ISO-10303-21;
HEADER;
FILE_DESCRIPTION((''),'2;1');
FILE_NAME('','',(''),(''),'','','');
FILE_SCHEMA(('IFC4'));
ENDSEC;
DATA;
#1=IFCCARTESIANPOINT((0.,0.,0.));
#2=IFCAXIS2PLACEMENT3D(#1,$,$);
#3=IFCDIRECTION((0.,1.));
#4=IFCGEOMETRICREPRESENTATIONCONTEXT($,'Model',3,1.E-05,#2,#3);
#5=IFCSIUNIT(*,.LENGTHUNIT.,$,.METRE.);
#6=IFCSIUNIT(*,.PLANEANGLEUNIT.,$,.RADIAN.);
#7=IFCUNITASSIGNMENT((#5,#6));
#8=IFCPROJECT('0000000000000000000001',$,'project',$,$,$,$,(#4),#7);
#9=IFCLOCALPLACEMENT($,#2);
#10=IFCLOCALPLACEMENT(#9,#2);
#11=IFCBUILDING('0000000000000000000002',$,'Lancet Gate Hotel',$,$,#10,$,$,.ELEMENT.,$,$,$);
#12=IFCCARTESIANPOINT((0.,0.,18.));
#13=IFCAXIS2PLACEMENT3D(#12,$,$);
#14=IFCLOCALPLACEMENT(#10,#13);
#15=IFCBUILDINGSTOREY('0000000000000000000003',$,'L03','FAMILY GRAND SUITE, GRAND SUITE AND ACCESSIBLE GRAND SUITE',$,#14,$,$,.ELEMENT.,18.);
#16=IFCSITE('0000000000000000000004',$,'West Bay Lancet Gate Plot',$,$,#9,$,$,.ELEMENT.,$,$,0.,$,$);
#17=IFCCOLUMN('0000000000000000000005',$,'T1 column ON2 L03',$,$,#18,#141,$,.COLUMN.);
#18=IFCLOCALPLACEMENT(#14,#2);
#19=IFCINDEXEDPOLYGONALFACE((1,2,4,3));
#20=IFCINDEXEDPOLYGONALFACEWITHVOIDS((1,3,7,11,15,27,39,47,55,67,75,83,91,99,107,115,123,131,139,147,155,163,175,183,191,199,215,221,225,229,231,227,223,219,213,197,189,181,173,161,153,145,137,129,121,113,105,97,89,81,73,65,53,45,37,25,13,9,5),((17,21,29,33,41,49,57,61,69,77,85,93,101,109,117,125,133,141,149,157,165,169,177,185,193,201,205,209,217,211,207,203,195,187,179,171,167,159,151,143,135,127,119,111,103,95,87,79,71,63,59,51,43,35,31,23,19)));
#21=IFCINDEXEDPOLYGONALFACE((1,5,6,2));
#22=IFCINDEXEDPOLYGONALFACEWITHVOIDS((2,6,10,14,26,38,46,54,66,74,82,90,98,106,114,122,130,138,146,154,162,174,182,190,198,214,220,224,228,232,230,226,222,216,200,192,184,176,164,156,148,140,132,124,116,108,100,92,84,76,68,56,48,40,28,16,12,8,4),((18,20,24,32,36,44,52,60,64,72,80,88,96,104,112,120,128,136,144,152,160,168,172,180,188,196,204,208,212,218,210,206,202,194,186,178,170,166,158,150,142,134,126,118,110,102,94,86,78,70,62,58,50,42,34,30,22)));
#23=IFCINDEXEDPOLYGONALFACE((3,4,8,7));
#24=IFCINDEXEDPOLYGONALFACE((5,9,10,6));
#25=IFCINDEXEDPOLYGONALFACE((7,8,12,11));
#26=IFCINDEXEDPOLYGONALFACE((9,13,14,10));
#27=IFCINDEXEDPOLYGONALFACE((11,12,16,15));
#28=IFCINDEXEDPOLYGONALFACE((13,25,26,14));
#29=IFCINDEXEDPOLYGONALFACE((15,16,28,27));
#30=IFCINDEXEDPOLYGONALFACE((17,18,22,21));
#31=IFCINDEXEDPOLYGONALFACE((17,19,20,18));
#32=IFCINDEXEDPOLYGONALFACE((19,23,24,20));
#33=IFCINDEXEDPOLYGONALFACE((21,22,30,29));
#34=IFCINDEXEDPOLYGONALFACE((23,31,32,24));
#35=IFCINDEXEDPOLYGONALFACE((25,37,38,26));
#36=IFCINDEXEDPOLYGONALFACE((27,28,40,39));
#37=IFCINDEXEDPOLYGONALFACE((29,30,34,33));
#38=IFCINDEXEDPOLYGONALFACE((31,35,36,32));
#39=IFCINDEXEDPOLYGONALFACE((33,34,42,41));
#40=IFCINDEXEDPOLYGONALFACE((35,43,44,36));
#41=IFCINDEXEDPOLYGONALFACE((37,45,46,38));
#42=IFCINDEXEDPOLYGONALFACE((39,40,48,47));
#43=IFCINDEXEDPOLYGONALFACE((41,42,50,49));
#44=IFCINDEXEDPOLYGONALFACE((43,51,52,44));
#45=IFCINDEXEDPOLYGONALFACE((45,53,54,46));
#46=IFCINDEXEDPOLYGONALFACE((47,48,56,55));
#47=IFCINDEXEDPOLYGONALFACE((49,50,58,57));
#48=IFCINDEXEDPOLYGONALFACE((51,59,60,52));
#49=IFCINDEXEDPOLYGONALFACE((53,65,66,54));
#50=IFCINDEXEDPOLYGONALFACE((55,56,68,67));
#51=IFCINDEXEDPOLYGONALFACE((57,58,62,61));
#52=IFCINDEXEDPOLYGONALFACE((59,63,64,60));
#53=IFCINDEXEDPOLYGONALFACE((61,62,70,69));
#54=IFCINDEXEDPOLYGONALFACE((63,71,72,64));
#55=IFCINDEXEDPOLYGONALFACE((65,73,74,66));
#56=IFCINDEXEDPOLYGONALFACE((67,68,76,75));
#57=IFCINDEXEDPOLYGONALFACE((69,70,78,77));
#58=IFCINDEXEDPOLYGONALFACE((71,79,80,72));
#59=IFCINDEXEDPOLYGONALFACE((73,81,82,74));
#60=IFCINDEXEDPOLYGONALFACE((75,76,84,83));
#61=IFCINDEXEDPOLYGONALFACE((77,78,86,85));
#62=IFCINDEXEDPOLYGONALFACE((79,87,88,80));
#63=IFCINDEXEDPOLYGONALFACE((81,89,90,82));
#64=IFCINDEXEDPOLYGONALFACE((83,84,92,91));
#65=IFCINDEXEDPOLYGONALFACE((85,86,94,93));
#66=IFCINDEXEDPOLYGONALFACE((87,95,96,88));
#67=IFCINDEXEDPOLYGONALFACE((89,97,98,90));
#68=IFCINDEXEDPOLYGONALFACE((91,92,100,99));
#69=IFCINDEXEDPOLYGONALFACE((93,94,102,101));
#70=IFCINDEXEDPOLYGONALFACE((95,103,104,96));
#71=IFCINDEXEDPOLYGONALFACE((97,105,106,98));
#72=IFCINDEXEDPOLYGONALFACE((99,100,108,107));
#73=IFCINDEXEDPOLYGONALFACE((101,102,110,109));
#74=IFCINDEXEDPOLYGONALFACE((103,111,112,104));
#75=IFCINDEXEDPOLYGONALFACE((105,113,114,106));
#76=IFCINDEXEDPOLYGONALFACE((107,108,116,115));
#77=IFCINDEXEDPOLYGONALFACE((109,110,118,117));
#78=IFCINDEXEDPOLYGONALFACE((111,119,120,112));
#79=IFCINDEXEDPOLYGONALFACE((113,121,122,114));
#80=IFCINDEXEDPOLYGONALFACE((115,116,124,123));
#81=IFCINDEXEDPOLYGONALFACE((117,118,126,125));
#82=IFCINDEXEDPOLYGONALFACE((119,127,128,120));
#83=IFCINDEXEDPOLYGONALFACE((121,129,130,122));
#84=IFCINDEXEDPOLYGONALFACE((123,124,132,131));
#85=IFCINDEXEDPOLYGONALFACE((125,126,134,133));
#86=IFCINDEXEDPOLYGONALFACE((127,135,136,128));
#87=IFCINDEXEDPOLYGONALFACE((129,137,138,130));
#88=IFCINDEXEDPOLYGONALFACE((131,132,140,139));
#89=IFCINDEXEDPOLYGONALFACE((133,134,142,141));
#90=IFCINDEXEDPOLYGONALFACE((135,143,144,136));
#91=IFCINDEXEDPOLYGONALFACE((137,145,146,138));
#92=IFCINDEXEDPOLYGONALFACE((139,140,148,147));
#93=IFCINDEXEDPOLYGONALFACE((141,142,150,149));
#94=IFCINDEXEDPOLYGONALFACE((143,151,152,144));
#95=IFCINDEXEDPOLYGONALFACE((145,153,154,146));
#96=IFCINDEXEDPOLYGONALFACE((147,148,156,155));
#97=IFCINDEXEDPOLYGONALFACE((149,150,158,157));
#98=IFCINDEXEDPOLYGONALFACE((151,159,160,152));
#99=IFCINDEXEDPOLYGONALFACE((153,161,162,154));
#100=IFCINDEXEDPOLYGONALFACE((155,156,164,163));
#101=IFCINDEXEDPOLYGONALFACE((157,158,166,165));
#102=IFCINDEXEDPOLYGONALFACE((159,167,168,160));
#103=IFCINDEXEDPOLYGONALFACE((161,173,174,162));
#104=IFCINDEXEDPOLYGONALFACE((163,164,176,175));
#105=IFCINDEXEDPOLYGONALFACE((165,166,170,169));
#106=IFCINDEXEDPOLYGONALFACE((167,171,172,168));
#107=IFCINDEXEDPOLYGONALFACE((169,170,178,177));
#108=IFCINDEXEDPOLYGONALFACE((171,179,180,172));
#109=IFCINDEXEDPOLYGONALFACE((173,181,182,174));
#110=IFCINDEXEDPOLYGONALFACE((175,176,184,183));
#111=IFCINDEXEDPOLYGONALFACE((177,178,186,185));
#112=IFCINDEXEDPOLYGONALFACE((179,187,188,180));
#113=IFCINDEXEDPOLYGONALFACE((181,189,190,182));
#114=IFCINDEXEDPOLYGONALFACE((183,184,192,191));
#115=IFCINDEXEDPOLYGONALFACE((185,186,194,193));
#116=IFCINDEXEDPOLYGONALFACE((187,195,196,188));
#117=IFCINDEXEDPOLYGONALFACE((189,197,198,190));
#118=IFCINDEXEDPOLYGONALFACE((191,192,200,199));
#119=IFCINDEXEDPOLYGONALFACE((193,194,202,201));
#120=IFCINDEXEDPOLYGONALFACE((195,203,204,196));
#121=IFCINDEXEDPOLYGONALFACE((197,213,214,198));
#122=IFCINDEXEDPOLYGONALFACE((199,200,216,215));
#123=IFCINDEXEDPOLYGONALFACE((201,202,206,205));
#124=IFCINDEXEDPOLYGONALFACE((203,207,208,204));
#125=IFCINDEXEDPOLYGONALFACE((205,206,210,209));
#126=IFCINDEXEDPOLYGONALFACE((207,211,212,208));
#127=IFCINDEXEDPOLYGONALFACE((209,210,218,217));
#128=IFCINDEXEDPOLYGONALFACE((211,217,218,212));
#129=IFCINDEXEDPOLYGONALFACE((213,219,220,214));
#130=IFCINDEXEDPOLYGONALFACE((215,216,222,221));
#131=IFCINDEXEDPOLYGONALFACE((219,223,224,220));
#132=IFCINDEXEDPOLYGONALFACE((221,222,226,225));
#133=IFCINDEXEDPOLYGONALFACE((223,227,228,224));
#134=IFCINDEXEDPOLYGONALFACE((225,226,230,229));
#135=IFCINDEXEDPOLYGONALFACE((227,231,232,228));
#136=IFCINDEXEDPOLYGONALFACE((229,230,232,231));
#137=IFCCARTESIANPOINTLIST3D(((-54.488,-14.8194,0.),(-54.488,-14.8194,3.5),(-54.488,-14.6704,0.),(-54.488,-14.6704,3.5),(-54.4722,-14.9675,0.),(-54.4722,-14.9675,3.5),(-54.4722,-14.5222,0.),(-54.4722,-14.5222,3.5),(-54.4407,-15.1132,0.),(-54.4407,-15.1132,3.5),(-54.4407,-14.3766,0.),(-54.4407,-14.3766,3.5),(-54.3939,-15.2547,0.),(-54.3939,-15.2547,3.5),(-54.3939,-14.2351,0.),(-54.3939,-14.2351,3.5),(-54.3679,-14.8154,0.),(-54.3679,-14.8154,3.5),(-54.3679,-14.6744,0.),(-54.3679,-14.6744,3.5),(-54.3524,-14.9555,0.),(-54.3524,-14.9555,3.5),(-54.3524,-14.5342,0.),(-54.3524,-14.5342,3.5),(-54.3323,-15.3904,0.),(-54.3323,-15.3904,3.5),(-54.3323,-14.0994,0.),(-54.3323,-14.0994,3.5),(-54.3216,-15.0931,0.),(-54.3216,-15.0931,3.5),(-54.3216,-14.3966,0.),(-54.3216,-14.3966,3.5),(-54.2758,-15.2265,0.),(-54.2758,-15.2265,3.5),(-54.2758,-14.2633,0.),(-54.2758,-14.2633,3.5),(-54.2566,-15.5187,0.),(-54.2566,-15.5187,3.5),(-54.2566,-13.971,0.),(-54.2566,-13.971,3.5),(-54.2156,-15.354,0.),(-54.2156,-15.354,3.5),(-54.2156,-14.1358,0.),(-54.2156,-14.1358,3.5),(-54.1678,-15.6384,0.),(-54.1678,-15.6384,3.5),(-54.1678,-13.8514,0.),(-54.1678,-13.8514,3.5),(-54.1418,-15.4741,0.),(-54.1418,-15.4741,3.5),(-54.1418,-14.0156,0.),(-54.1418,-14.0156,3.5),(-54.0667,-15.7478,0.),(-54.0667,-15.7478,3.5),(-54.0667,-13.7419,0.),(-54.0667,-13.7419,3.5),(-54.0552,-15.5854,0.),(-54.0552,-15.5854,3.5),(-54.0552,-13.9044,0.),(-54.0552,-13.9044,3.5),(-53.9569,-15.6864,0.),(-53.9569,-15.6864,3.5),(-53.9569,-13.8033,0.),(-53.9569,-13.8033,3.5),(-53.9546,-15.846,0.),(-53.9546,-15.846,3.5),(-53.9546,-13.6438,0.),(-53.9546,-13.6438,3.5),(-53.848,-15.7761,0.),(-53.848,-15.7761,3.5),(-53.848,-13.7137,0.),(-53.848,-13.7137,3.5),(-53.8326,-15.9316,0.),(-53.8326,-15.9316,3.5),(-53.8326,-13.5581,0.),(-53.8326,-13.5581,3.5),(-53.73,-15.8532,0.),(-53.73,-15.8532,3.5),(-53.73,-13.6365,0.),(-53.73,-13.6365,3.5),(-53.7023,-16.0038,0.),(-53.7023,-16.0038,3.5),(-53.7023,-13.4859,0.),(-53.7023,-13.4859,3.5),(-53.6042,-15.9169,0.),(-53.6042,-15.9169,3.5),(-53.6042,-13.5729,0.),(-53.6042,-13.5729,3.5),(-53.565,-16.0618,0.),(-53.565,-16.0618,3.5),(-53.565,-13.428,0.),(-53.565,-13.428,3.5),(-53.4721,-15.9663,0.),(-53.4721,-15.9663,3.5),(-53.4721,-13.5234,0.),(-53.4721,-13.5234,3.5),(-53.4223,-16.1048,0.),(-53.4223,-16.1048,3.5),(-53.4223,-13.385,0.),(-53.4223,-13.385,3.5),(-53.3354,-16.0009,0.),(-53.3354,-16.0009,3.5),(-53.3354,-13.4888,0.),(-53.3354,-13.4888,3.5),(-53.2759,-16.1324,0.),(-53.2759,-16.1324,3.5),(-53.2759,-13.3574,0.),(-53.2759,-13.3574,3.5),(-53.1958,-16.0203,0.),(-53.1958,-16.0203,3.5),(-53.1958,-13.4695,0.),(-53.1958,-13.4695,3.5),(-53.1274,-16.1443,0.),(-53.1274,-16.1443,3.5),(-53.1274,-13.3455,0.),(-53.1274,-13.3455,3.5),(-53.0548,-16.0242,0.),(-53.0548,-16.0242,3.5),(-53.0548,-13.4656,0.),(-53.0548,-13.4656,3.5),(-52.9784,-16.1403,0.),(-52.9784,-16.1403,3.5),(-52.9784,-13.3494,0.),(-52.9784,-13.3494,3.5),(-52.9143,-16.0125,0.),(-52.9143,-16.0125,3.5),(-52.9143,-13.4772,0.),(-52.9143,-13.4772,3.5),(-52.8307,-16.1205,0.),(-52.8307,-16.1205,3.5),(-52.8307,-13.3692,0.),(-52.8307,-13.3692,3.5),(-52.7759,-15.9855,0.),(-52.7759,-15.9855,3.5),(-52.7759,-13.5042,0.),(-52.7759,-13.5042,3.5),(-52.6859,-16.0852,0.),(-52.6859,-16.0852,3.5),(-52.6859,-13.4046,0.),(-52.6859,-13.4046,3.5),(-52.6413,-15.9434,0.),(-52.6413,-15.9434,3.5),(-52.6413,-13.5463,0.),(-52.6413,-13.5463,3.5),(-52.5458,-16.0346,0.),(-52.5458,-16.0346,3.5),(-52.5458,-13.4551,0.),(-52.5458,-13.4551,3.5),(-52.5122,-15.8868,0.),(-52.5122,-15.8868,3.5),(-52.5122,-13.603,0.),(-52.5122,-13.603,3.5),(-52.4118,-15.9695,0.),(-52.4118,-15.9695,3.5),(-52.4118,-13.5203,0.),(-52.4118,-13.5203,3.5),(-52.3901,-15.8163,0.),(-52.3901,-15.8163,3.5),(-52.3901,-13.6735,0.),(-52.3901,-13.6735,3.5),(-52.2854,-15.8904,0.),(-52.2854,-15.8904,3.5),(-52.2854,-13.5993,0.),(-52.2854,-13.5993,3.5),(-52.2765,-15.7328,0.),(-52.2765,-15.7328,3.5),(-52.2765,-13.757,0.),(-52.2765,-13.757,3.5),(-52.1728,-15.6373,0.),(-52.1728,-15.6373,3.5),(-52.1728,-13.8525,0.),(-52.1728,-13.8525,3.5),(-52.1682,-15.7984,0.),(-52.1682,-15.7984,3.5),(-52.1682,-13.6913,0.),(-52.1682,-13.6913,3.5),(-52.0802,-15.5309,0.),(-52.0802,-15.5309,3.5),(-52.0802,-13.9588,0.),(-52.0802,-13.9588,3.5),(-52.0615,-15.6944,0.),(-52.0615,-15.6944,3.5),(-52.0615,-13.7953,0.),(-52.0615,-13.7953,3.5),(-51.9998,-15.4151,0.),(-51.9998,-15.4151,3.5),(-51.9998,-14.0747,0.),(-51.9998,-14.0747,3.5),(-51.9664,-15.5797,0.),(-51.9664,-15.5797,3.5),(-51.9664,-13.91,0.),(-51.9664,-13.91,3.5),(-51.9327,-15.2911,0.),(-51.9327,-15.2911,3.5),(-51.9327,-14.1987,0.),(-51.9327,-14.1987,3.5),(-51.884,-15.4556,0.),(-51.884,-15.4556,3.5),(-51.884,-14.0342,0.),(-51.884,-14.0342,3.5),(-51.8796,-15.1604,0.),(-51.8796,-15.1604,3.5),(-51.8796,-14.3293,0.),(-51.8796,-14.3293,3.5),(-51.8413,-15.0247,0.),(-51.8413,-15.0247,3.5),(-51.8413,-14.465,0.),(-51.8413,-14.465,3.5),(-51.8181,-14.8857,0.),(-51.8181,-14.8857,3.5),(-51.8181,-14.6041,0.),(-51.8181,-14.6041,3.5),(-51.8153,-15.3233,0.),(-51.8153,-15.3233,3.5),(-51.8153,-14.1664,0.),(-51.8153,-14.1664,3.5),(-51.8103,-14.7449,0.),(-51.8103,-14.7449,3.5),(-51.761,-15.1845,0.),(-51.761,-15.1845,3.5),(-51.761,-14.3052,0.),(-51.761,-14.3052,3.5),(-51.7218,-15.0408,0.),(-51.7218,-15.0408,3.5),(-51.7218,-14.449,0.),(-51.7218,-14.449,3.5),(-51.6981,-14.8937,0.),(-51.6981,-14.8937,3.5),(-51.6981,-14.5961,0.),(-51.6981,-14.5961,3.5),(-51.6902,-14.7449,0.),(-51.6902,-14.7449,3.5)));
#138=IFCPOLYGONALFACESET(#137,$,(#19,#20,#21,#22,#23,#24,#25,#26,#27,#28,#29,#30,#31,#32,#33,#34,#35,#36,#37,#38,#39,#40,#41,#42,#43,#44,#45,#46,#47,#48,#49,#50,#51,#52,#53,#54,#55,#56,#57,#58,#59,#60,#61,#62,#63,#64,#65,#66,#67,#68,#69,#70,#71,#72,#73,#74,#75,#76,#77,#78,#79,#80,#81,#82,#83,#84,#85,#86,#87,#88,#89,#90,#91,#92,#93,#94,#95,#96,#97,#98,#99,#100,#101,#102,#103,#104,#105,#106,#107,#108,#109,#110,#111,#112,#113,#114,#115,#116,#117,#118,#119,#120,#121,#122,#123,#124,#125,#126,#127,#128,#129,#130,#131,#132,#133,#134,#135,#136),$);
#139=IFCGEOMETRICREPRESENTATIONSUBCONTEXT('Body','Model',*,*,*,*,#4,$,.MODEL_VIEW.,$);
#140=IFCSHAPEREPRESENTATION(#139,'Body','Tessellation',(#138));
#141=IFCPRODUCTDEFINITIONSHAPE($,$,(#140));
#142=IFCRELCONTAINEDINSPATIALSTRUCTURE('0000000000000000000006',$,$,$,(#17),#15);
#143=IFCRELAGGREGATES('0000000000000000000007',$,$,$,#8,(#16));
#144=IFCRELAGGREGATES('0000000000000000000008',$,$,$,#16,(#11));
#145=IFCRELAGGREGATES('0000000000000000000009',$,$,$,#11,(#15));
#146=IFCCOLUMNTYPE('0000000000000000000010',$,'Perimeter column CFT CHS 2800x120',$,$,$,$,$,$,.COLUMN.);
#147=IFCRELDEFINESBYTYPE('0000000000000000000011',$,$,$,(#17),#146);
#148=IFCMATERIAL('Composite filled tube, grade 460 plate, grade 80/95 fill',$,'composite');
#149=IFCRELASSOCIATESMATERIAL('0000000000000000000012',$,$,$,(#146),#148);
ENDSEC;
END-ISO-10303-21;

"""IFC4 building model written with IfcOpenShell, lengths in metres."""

from ifc_helpers import new_model, si_unit, direction, frame, origin, origin_2d, place, context, subcontext, project, spatial, hollow_circle, extrude, material, material_profile, profile_set, type_object, element, save


model = new_model("IFC4")

# Units and contexts
model_context = context("Model", 3, precision=1e-05, world=origin(), true_north=direction((0.0, 1.0)))
body_context = subcontext(model_context, "Body", "Model", "MODEL_VIEW")
ifc_project = project(units=[si_unit("LENGTHUNIT", "METRE"), si_unit("PLANEANGLEUNIT", "RADIAN")], contexts=[model_context])

# Site, building, storey
site_placement = place(None, origin())
site = spatial("IfcSite", under=ifc_project, at=site_placement, Name="West Bay Lancet Gate Plot", CompositionType="ELEMENT", RefElevation=0.0)
building_placement = place(site_placement, origin())
building = spatial("IfcBuilding", under=site, at=building_placement, Name="Lancet Gate Hotel", CompositionType="ELEMENT")
storey_placement = place(building_placement, frame((0.0, 0.0, 18.0)))
storey = spatial("IfcBuildingStorey", under=building, at=storey_placement, Name="L03", Description="FAMILY GRAND SUITE, GRAND SUITE AND ACCESSIBLE GRAND SUITE", CompositionType="ELEMENT", Elevation=18.0)

# Column
ifc_material_1 = material(Name="Composite filled tube, grade 460 plate, grade 80/95 fill", Category="composite")
ifc_material_profile_1 = material_profile(ifc_material_1, hollow_circle(Radius=1.3999, WallThickness=0.1201, at=origin_2d()), Name="CHS 2800x120")
ifc_profile_set_1 = profile_set([ifc_material_profile_1], Name="Composite filled tube, grade 460 plate, grade 80/95 fill")
column_type = type_object("IfcColumnType", Name="Perimeter column CFT CHS 2800x120", PredefinedType="COLUMN", material=ifc_profile_set_1)
for number, where, z_axis, x_axis, name in (
    (1, (-53.0901, -14.7449, 0.0), (0.0, 0.0, 1.0), (1.0, 0.0, 0.0), "T1 column ON2 L03"),
):
    element("IfcColumn", number, at=place(storey_placement, frame(where, z_axis=z_axis, x_axis=x_axis)), inside=storey, type_object=column_type, Name=name, PredefinedType="COLUMN", context=body_context, shape_type="SweptSolid", body=[
        extrude(hollow_circle(Radius=1.3999, WallThickness=0.1201, at=origin_2d()), origin(), (0.0, 0.0, 1.0), 3.5),
    ])

save(model, "model.ifc")
